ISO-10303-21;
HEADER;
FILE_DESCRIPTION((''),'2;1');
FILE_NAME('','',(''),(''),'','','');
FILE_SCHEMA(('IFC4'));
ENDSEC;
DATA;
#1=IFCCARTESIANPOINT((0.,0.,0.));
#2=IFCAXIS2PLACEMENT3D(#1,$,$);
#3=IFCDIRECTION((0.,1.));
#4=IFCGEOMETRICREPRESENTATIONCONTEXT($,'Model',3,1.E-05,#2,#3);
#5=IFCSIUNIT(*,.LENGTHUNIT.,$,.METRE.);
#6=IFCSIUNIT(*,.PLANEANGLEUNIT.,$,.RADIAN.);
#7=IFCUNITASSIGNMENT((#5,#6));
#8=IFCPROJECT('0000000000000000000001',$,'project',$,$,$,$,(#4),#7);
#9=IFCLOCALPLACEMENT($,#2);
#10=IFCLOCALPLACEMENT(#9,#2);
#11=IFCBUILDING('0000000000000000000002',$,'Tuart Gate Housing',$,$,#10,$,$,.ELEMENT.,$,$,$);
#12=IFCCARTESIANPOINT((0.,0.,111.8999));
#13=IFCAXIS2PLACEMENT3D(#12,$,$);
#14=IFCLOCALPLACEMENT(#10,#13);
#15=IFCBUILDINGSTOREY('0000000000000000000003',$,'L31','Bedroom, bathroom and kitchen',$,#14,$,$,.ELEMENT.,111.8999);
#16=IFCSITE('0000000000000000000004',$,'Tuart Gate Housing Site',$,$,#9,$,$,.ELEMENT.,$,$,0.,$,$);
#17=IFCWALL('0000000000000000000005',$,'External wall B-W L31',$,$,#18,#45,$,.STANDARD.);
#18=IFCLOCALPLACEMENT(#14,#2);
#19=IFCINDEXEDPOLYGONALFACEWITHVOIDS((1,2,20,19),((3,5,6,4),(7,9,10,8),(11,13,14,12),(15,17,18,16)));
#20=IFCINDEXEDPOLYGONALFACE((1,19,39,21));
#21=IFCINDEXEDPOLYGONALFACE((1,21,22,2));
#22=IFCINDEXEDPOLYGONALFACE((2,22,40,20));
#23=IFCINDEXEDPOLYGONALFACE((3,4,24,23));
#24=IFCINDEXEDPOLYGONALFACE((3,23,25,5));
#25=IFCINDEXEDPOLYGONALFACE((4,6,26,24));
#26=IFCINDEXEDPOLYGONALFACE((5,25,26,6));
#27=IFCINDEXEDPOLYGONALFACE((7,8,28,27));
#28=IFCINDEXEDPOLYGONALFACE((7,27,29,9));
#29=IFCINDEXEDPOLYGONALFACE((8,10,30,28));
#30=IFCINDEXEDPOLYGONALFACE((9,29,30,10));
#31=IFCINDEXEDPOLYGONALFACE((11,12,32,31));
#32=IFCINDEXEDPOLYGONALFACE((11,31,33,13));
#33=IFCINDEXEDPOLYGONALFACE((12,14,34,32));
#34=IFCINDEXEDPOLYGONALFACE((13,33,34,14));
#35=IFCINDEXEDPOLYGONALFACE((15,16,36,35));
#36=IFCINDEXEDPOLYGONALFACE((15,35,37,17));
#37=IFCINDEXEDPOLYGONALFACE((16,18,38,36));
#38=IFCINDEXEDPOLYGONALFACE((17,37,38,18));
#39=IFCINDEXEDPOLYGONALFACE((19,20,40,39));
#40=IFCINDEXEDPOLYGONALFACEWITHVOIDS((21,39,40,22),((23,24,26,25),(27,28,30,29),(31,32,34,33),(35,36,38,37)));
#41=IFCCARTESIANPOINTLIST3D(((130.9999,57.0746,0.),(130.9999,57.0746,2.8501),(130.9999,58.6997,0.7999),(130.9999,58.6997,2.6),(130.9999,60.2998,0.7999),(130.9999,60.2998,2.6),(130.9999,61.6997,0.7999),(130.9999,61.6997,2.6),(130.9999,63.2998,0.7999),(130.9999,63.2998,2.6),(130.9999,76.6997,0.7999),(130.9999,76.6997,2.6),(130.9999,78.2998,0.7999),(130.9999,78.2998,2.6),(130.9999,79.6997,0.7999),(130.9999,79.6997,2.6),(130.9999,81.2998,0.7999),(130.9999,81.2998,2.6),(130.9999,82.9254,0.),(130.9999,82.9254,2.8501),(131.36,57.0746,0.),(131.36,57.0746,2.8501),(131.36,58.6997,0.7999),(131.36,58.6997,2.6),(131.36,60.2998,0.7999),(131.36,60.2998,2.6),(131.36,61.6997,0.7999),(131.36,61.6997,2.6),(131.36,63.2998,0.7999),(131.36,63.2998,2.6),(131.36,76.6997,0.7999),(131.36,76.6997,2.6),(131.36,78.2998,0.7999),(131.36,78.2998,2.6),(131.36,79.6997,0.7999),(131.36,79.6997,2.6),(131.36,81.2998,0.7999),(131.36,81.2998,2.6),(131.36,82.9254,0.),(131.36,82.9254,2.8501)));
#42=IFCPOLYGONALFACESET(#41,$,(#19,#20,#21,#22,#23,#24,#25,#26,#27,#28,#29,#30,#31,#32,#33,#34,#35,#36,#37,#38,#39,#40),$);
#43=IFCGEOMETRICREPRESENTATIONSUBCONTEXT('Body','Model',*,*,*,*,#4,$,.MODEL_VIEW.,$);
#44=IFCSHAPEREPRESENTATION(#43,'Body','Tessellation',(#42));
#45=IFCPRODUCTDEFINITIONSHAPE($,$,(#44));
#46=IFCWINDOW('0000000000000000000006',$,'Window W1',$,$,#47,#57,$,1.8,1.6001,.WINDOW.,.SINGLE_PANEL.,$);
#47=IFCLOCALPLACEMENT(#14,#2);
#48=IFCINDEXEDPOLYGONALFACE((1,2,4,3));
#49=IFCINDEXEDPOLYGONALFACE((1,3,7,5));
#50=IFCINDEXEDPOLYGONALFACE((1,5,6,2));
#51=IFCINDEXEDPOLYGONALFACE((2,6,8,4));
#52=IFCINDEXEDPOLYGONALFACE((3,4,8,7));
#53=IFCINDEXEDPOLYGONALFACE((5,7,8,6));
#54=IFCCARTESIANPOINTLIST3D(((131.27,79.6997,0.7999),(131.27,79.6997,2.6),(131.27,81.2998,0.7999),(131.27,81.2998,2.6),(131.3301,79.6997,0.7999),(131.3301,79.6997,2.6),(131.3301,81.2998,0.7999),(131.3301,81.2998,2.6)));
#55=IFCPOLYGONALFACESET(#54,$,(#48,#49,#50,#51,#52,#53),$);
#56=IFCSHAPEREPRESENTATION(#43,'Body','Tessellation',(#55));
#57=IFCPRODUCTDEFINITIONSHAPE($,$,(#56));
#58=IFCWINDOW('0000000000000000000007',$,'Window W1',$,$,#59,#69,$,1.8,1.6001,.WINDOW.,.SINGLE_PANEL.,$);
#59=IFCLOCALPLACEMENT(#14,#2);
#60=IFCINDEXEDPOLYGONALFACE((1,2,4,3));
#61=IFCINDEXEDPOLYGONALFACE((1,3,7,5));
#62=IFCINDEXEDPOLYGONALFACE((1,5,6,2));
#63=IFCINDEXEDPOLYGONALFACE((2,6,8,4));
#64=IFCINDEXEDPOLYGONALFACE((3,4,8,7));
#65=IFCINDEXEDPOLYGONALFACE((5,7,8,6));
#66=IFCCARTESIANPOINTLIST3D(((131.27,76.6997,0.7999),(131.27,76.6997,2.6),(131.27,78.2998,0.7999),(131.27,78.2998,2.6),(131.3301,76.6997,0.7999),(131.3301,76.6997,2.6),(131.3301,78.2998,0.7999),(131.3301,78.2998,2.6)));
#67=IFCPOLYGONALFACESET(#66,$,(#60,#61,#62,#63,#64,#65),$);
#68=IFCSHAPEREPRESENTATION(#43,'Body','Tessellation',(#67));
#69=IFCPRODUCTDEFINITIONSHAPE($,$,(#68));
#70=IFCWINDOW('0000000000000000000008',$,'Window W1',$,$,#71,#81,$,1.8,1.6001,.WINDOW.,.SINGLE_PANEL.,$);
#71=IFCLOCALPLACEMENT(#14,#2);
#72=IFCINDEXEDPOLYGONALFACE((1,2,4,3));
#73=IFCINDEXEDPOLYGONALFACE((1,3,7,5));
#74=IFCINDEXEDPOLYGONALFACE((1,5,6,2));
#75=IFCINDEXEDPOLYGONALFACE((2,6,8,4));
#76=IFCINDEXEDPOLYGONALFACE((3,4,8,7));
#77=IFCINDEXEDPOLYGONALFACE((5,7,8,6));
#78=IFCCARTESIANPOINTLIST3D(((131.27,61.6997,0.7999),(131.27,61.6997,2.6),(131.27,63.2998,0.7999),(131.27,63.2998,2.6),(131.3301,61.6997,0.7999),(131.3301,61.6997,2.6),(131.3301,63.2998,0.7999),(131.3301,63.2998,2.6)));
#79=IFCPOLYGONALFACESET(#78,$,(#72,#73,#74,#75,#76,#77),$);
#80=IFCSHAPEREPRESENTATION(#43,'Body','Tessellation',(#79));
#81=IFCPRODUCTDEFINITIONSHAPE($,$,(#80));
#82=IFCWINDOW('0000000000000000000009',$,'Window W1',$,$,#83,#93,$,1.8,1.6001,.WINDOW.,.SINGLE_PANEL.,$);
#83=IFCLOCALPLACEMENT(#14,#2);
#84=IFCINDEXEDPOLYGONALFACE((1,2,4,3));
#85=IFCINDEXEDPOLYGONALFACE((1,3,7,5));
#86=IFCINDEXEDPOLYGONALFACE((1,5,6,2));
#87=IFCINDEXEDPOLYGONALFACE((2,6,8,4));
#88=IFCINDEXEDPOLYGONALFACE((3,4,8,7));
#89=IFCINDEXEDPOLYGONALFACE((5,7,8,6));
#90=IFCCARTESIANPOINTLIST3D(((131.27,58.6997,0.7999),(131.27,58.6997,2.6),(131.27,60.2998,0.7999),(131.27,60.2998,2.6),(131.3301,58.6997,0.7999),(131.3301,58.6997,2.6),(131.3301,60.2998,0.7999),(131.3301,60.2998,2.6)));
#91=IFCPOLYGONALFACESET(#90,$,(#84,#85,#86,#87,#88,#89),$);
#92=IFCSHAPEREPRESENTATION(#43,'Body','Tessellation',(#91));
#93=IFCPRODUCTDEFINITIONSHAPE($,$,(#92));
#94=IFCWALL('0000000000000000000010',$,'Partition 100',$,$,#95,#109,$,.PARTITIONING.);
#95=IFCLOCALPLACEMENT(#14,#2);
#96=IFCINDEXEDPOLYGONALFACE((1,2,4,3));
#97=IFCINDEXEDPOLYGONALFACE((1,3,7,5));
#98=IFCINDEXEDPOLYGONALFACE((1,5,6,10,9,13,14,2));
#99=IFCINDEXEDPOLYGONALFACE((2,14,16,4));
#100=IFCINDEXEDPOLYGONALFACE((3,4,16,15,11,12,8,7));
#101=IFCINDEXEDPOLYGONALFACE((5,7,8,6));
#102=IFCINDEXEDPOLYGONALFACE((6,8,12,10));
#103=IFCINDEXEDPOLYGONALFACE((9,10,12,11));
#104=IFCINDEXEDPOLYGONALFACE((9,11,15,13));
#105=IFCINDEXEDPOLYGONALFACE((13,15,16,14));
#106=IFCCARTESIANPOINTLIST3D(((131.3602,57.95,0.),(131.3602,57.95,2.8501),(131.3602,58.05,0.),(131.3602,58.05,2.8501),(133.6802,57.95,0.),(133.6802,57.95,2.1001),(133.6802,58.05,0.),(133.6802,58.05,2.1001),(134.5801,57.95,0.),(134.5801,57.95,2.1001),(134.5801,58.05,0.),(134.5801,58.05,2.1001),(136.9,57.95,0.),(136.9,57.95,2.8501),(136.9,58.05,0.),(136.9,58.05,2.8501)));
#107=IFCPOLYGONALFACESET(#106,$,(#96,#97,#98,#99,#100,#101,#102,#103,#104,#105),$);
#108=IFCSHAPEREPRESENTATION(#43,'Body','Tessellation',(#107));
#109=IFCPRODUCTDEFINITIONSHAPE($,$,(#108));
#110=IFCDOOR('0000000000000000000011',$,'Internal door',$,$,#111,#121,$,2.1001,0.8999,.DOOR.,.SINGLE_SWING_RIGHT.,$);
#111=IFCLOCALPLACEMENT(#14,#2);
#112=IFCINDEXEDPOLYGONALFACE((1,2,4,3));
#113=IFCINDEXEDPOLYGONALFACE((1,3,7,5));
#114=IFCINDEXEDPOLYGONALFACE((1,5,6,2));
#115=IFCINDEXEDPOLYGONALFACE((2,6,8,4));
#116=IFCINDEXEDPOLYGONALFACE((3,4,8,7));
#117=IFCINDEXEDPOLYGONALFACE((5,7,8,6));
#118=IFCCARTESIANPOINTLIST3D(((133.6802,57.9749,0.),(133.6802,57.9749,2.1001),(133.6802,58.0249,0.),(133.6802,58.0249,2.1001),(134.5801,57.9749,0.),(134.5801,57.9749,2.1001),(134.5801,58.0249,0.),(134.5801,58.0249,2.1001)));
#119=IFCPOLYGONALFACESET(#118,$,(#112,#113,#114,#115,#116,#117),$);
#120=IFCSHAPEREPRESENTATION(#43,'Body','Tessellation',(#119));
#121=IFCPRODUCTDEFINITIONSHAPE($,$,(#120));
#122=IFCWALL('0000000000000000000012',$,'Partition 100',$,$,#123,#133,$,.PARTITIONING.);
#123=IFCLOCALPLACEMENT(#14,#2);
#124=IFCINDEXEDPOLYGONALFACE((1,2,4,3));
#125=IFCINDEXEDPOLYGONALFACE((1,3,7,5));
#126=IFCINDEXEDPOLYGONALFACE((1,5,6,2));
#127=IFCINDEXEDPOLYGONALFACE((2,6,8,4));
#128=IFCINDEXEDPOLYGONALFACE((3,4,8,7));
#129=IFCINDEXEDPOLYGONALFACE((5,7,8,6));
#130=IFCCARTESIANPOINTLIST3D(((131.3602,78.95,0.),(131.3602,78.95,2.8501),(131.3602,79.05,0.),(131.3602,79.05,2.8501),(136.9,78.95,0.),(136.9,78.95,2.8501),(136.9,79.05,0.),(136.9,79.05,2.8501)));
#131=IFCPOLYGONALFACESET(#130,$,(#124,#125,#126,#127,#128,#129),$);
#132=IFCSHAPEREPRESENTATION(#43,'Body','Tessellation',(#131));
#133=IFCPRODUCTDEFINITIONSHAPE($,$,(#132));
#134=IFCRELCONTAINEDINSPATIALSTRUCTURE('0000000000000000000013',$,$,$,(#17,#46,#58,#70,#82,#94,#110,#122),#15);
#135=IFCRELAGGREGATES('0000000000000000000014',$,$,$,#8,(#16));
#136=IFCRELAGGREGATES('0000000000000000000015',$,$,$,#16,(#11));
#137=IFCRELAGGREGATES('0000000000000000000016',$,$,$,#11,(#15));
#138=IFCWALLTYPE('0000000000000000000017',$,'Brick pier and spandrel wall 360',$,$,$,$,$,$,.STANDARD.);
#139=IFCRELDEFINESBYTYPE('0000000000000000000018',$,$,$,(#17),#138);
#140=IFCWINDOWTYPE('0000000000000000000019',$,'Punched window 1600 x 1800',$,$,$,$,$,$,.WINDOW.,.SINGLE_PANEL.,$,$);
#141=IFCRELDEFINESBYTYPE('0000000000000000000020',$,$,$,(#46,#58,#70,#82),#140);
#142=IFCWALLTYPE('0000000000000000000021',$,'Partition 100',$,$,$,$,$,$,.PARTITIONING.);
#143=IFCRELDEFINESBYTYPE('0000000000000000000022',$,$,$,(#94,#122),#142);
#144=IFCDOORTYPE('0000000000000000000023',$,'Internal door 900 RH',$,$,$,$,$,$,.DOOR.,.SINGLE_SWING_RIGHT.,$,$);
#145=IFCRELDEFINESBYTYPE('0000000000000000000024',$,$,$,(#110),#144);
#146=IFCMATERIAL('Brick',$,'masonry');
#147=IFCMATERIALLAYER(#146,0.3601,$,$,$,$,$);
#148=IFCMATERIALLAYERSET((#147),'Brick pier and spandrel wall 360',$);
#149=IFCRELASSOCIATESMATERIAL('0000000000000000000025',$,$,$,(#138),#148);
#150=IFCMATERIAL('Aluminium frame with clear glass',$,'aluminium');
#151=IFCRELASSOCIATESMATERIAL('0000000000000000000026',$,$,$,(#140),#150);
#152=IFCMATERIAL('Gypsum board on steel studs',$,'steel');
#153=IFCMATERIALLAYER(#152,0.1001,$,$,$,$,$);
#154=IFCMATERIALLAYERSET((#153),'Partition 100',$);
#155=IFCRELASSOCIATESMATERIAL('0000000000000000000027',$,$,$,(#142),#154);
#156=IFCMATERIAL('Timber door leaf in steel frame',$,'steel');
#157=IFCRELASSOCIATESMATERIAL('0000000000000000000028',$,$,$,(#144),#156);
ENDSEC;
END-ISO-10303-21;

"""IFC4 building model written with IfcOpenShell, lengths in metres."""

from ifc_helpers import new_model, si_unit, direction, frame, frame_2d, origin, place, context, subcontext, project, spatial, rectangle, extrude, material, layer, layer_set, type_object, element, fill, save


model = new_model("IFC4")

# Units and contexts
model_context = context("Model", 3, precision=1e-05, world=origin(), true_north=direction((0.0, 1.0)))
body_context = subcontext(model_context, "Body", "Model", "MODEL_VIEW")
ifc_project = project(units=[si_unit("LENGTHUNIT", "METRE"), si_unit("PLANEANGLEUNIT", "RADIAN")], contexts=[model_context])

# Site, building, storey
site_placement = place(None, origin())
site = spatial("IfcSite", under=ifc_project, at=site_placement, Name="Tuart Gate Housing Site", CompositionType="ELEMENT", RefElevation=0.0)
building_placement = place(site_placement, origin())
building = spatial("IfcBuilding", under=site, at=building_placement, Name="Tuart Gate Housing", CompositionType="ELEMENT")
storey_placement = place(building_placement, frame((0.0, 0.0, 111.8999)))
storey = spatial("IfcBuildingStorey", under=building, at=storey_placement, Name="L31", Description="Bedroom, bathroom and kitchen", CompositionType="ELEMENT", Elevation=111.8999)

# Shared definitions
ifc_material_1 = material(Name="Brick", Category="masonry")
ifc_layer_1 = layer(ifc_material_1, 0.3601)
ifc_layer_set_1 = layer_set([ifc_layer_1], Name="Brick pier and spandrel wall 360")
wall_type_1 = type_object("IfcWallType", Name="Brick pier and spandrel wall 360", PredefinedType="STANDARD", material=ifc_layer_set_1)
ifc_material_2 = material(Name="Aluminium frame with clear glass", Category="aluminium")
window_type = type_object("IfcWindowType", Name="Punched window 1600 x 1800", PartitioningType="SINGLE_PANEL", PredefinedType="WINDOW", material=ifc_material_2)

# Wall, openings, windows
wall_1_placement = place(storey_placement, frame((131.1799, 82.9253, 0.0), z_axis=(0.0, 0.0, 1.0), x_axis=(0.0, -1.0, 0.0)))
wall_1 = element("IfcWall", 1, at=wall_1_placement, inside=storey, type_object=wall_type_1, Name="External wall B-W L31", PredefinedType="STANDARD", context=body_context, shape_type="SweptSolid", body=[
    extrude(rectangle(XDim=25.8508, YDim=0.3601, at=frame_2d((12.9253, 0.0))), origin(), (0.0, 0.0, 1.0), 2.8501),
])
opening_1_placement = place(wall_1_placement, frame((1.6255, 0.0, 0.8)))
opening_1 = element("IfcOpeningElement", 2, at=opening_1_placement, cuts=wall_1, PredefinedType="OPENING", context=body_context, shape_type="SweptSolid", body=[
    extrude(rectangle(XDim=1.6001, YDim=1.8, at=frame_2d((0.8, 0.8999))), frame((0.0, 0.1899, 0.0), z_axis=(0.0, -1.0, 0.0), x_axis=(1.0, 0.0, 0.0)), (0.0, 0.0, 1.0), 0.3801),
])
opening_2_placement = place(wall_1_placement, frame((4.6255, 0.0, 0.8)))
opening_2 = element("IfcOpeningElement", 3, at=opening_2_placement, cuts=wall_1, PredefinedType="OPENING", context=body_context, shape_type="SweptSolid", body=[
    extrude(rectangle(XDim=1.6001, YDim=1.8, at=frame_2d((0.8, 0.8999))), frame((0.0, 0.1899, 0.0), z_axis=(0.0, -1.0, 0.0), x_axis=(1.0, 0.0, 0.0)), (0.0, 0.0, 1.0), 0.3801),
])
opening_3_placement = place(wall_1_placement, frame((19.6255, 0.0, 0.8)))
opening_3 = element("IfcOpeningElement", 4, at=opening_3_placement, cuts=wall_1, PredefinedType="OPENING", context=body_context, shape_type="SweptSolid", body=[
    extrude(rectangle(XDim=1.6001, YDim=1.8, at=frame_2d((0.8, 0.8999))), frame((0.0, 0.1899, 0.0), z_axis=(0.0, -1.0, 0.0), x_axis=(1.0, 0.0, 0.0)), (0.0, 0.0, 1.0), 0.3801),
])
opening_4_placement = place(wall_1_placement, frame((22.6255, 0.0, 0.8)))
opening_4 = element("IfcOpeningElement", 5, at=opening_4_placement, cuts=wall_1, PredefinedType="OPENING", context=body_context, shape_type="SweptSolid", body=[
    extrude(rectangle(XDim=1.6001, YDim=1.8, at=frame_2d((0.8, 0.8999))), frame((0.0, 0.1899, 0.0), z_axis=(0.0, -1.0, 0.0), x_axis=(1.0, 0.0, 0.0)), (0.0, 0.0, 1.0), 0.3801),
])
window_1_placement = place(opening_1_placement, origin())
window_1 = element("IfcWindow", 6, at=window_1_placement, inside=storey, type_object=window_type, Name="Window W1", OverallHeight=1.8, OverallWidth=1.6001, PartitioningType="SINGLE_PANEL", PredefinedType="WINDOW", context=body_context, shape_type="SweptSolid", body=[
    extrude(rectangle(XDim=1.6001, YDim=1.8, at=frame_2d((0.8, 0.8999))), frame((0.0, 0.1501, 0.0), z_axis=(0.0, -1.0, 0.0), x_axis=(1.0, 0.0, 0.0)), (0.0, 0.0, 1.0), 0.0601),
])
fill(opening_1, window_1)
window_2_placement = place(opening_2_placement, origin())
window_2 = element("IfcWindow", 7, at=window_2_placement, inside=storey, type_object=window_type, Name="Window W1", OverallHeight=1.8, OverallWidth=1.6001, PartitioningType="SINGLE_PANEL", PredefinedType="WINDOW", context=body_context, shape_type="SweptSolid", body=[
    extrude(rectangle(XDim=1.6001, YDim=1.8, at=frame_2d((0.8, 0.8999))), frame((0.0, 0.1501, 0.0), z_axis=(0.0, -1.0, 0.0), x_axis=(1.0, 0.0, 0.0)), (0.0, 0.0, 1.0), 0.0601),
])
fill(opening_2, window_2)
window_3_placement = place(opening_3_placement, origin())
window_3 = element("IfcWindow", 8, at=window_3_placement, inside=storey, type_object=window_type, Name="Window W1", OverallHeight=1.8, OverallWidth=1.6001, PartitioningType="SINGLE_PANEL", PredefinedType="WINDOW", context=body_context, shape_type="SweptSolid", body=[
    extrude(rectangle(XDim=1.6001, YDim=1.8, at=frame_2d((0.8, 0.8999))), frame((0.0, 0.1501, 0.0), z_axis=(0.0, -1.0, 0.0), x_axis=(1.0, 0.0, 0.0)), (0.0, 0.0, 1.0), 0.0601),
])
fill(opening_3, window_3)
window_4_placement = place(opening_4_placement, origin())
window_4 = element("IfcWindow", 9, at=window_4_placement, inside=storey, type_object=window_type, Name="Window W1", OverallHeight=1.8, OverallWidth=1.6001, PartitioningType="SINGLE_PANEL", PredefinedType="WINDOW", context=body_context, shape_type="SweptSolid", body=[
    extrude(rectangle(XDim=1.6001, YDim=1.8, at=frame_2d((0.8, 0.8999))), frame((0.0, 0.1501, 0.0), z_axis=(0.0, -1.0, 0.0), x_axis=(1.0, 0.0, 0.0)), (0.0, 0.0, 1.0), 0.0601),
])
fill(opening_4, window_4)

# Wall, opening, door
ifc_material_3 = material(Name="Gypsum board on steel studs", Category="steel")
ifc_layer_2 = layer(ifc_material_3, 0.1001)
ifc_layer_set_2 = layer_set([ifc_layer_2], Name="Partition 100")
wall_type_2 = type_object("IfcWallType", Name="Partition 100", PredefinedType="PARTITIONING", material=ifc_layer_set_2)
wall_2_placement = place(storey_placement, frame((131.3601, 58.0, 0.0), z_axis=(0.0, 0.0, 1.0), x_axis=(1.0, 0.0, 0.0)))
wall_2 = element("IfcWall", 10, at=wall_2_placement, inside=storey, type_object=wall_type_2, Name="Partition 100", PredefinedType="PARTITIONING", context=body_context, shape_type="SweptSolid", body=[
    extrude(rectangle(XDim=5.5398, YDim=0.1001, at=frame_2d((2.77, 0.0))), origin(), (0.0, 0.0, 1.0), 2.8501),
])
opening_5_placement = place(wall_2_placement, frame((2.3201, 0.0, 0.0)))
opening_5 = element("IfcOpeningElement", 11, at=opening_5_placement, cuts=wall_2, PredefinedType="OPENING", context=body_context, shape_type="SweptSolid", body=[
    extrude(rectangle(XDim=0.8999, YDim=2.1001, at=frame_2d((0.45, 1.05))), frame((0.0, 0.0601, 0.0), z_axis=(0.0, -1.0, 0.0), x_axis=(1.0, 0.0, 0.0)), (0.0, 0.0, 1.0), 0.1201),
])
ifc_material_4 = material(Name="Timber door leaf in steel frame", Category="steel")
door_type = type_object("IfcDoorType", Name="Internal door 900 RH", OperationType="SINGLE_SWING_RIGHT", PredefinedType="DOOR", material=ifc_material_4)
door_placement = place(opening_5_placement, frame((0.8999, 0.0, 0.0), z_axis=(0.0, 0.0, 1.0), x_axis=(-1.0, 0.0, 0.0)))
door = element("IfcDoor", 12, at=door_placement, inside=storey, type_object=door_type, Name="Internal door", OperationType="SINGLE_SWING_RIGHT", OverallHeight=2.1001, OverallWidth=0.8999, PredefinedType="DOOR", context=body_context, shape_type="SweptSolid", body=[
    extrude(rectangle(XDim=0.8999, YDim=2.1001, at=frame_2d((0.45, 1.05))), frame((0.0, 0.0251, 0.0), z_axis=(0.0, -1.0, 0.0), x_axis=(1.0, 0.0, 0.0)), (0.0, 0.0, 1.0), 0.05),
])
fill(opening_5, door)

# Wall
wall_3_placement = place(storey_placement, frame((131.3601, 79.0, 0.0), z_axis=(0.0, 0.0, 1.0), x_axis=(1.0, 0.0, 0.0)))
element("IfcWall", 13, at=wall_3_placement, inside=storey, type_object=wall_type_2, Name="Partition 100", PredefinedType="PARTITIONING", context=body_context, shape_type="SweptSolid", body=[
    extrude(rectangle(XDim=5.5398, YDim=0.1001, at=frame_2d((2.77, 0.0))), origin(), (0.0, 0.0, 1.0), 2.8501),
])

save(model, "model.ifc")
